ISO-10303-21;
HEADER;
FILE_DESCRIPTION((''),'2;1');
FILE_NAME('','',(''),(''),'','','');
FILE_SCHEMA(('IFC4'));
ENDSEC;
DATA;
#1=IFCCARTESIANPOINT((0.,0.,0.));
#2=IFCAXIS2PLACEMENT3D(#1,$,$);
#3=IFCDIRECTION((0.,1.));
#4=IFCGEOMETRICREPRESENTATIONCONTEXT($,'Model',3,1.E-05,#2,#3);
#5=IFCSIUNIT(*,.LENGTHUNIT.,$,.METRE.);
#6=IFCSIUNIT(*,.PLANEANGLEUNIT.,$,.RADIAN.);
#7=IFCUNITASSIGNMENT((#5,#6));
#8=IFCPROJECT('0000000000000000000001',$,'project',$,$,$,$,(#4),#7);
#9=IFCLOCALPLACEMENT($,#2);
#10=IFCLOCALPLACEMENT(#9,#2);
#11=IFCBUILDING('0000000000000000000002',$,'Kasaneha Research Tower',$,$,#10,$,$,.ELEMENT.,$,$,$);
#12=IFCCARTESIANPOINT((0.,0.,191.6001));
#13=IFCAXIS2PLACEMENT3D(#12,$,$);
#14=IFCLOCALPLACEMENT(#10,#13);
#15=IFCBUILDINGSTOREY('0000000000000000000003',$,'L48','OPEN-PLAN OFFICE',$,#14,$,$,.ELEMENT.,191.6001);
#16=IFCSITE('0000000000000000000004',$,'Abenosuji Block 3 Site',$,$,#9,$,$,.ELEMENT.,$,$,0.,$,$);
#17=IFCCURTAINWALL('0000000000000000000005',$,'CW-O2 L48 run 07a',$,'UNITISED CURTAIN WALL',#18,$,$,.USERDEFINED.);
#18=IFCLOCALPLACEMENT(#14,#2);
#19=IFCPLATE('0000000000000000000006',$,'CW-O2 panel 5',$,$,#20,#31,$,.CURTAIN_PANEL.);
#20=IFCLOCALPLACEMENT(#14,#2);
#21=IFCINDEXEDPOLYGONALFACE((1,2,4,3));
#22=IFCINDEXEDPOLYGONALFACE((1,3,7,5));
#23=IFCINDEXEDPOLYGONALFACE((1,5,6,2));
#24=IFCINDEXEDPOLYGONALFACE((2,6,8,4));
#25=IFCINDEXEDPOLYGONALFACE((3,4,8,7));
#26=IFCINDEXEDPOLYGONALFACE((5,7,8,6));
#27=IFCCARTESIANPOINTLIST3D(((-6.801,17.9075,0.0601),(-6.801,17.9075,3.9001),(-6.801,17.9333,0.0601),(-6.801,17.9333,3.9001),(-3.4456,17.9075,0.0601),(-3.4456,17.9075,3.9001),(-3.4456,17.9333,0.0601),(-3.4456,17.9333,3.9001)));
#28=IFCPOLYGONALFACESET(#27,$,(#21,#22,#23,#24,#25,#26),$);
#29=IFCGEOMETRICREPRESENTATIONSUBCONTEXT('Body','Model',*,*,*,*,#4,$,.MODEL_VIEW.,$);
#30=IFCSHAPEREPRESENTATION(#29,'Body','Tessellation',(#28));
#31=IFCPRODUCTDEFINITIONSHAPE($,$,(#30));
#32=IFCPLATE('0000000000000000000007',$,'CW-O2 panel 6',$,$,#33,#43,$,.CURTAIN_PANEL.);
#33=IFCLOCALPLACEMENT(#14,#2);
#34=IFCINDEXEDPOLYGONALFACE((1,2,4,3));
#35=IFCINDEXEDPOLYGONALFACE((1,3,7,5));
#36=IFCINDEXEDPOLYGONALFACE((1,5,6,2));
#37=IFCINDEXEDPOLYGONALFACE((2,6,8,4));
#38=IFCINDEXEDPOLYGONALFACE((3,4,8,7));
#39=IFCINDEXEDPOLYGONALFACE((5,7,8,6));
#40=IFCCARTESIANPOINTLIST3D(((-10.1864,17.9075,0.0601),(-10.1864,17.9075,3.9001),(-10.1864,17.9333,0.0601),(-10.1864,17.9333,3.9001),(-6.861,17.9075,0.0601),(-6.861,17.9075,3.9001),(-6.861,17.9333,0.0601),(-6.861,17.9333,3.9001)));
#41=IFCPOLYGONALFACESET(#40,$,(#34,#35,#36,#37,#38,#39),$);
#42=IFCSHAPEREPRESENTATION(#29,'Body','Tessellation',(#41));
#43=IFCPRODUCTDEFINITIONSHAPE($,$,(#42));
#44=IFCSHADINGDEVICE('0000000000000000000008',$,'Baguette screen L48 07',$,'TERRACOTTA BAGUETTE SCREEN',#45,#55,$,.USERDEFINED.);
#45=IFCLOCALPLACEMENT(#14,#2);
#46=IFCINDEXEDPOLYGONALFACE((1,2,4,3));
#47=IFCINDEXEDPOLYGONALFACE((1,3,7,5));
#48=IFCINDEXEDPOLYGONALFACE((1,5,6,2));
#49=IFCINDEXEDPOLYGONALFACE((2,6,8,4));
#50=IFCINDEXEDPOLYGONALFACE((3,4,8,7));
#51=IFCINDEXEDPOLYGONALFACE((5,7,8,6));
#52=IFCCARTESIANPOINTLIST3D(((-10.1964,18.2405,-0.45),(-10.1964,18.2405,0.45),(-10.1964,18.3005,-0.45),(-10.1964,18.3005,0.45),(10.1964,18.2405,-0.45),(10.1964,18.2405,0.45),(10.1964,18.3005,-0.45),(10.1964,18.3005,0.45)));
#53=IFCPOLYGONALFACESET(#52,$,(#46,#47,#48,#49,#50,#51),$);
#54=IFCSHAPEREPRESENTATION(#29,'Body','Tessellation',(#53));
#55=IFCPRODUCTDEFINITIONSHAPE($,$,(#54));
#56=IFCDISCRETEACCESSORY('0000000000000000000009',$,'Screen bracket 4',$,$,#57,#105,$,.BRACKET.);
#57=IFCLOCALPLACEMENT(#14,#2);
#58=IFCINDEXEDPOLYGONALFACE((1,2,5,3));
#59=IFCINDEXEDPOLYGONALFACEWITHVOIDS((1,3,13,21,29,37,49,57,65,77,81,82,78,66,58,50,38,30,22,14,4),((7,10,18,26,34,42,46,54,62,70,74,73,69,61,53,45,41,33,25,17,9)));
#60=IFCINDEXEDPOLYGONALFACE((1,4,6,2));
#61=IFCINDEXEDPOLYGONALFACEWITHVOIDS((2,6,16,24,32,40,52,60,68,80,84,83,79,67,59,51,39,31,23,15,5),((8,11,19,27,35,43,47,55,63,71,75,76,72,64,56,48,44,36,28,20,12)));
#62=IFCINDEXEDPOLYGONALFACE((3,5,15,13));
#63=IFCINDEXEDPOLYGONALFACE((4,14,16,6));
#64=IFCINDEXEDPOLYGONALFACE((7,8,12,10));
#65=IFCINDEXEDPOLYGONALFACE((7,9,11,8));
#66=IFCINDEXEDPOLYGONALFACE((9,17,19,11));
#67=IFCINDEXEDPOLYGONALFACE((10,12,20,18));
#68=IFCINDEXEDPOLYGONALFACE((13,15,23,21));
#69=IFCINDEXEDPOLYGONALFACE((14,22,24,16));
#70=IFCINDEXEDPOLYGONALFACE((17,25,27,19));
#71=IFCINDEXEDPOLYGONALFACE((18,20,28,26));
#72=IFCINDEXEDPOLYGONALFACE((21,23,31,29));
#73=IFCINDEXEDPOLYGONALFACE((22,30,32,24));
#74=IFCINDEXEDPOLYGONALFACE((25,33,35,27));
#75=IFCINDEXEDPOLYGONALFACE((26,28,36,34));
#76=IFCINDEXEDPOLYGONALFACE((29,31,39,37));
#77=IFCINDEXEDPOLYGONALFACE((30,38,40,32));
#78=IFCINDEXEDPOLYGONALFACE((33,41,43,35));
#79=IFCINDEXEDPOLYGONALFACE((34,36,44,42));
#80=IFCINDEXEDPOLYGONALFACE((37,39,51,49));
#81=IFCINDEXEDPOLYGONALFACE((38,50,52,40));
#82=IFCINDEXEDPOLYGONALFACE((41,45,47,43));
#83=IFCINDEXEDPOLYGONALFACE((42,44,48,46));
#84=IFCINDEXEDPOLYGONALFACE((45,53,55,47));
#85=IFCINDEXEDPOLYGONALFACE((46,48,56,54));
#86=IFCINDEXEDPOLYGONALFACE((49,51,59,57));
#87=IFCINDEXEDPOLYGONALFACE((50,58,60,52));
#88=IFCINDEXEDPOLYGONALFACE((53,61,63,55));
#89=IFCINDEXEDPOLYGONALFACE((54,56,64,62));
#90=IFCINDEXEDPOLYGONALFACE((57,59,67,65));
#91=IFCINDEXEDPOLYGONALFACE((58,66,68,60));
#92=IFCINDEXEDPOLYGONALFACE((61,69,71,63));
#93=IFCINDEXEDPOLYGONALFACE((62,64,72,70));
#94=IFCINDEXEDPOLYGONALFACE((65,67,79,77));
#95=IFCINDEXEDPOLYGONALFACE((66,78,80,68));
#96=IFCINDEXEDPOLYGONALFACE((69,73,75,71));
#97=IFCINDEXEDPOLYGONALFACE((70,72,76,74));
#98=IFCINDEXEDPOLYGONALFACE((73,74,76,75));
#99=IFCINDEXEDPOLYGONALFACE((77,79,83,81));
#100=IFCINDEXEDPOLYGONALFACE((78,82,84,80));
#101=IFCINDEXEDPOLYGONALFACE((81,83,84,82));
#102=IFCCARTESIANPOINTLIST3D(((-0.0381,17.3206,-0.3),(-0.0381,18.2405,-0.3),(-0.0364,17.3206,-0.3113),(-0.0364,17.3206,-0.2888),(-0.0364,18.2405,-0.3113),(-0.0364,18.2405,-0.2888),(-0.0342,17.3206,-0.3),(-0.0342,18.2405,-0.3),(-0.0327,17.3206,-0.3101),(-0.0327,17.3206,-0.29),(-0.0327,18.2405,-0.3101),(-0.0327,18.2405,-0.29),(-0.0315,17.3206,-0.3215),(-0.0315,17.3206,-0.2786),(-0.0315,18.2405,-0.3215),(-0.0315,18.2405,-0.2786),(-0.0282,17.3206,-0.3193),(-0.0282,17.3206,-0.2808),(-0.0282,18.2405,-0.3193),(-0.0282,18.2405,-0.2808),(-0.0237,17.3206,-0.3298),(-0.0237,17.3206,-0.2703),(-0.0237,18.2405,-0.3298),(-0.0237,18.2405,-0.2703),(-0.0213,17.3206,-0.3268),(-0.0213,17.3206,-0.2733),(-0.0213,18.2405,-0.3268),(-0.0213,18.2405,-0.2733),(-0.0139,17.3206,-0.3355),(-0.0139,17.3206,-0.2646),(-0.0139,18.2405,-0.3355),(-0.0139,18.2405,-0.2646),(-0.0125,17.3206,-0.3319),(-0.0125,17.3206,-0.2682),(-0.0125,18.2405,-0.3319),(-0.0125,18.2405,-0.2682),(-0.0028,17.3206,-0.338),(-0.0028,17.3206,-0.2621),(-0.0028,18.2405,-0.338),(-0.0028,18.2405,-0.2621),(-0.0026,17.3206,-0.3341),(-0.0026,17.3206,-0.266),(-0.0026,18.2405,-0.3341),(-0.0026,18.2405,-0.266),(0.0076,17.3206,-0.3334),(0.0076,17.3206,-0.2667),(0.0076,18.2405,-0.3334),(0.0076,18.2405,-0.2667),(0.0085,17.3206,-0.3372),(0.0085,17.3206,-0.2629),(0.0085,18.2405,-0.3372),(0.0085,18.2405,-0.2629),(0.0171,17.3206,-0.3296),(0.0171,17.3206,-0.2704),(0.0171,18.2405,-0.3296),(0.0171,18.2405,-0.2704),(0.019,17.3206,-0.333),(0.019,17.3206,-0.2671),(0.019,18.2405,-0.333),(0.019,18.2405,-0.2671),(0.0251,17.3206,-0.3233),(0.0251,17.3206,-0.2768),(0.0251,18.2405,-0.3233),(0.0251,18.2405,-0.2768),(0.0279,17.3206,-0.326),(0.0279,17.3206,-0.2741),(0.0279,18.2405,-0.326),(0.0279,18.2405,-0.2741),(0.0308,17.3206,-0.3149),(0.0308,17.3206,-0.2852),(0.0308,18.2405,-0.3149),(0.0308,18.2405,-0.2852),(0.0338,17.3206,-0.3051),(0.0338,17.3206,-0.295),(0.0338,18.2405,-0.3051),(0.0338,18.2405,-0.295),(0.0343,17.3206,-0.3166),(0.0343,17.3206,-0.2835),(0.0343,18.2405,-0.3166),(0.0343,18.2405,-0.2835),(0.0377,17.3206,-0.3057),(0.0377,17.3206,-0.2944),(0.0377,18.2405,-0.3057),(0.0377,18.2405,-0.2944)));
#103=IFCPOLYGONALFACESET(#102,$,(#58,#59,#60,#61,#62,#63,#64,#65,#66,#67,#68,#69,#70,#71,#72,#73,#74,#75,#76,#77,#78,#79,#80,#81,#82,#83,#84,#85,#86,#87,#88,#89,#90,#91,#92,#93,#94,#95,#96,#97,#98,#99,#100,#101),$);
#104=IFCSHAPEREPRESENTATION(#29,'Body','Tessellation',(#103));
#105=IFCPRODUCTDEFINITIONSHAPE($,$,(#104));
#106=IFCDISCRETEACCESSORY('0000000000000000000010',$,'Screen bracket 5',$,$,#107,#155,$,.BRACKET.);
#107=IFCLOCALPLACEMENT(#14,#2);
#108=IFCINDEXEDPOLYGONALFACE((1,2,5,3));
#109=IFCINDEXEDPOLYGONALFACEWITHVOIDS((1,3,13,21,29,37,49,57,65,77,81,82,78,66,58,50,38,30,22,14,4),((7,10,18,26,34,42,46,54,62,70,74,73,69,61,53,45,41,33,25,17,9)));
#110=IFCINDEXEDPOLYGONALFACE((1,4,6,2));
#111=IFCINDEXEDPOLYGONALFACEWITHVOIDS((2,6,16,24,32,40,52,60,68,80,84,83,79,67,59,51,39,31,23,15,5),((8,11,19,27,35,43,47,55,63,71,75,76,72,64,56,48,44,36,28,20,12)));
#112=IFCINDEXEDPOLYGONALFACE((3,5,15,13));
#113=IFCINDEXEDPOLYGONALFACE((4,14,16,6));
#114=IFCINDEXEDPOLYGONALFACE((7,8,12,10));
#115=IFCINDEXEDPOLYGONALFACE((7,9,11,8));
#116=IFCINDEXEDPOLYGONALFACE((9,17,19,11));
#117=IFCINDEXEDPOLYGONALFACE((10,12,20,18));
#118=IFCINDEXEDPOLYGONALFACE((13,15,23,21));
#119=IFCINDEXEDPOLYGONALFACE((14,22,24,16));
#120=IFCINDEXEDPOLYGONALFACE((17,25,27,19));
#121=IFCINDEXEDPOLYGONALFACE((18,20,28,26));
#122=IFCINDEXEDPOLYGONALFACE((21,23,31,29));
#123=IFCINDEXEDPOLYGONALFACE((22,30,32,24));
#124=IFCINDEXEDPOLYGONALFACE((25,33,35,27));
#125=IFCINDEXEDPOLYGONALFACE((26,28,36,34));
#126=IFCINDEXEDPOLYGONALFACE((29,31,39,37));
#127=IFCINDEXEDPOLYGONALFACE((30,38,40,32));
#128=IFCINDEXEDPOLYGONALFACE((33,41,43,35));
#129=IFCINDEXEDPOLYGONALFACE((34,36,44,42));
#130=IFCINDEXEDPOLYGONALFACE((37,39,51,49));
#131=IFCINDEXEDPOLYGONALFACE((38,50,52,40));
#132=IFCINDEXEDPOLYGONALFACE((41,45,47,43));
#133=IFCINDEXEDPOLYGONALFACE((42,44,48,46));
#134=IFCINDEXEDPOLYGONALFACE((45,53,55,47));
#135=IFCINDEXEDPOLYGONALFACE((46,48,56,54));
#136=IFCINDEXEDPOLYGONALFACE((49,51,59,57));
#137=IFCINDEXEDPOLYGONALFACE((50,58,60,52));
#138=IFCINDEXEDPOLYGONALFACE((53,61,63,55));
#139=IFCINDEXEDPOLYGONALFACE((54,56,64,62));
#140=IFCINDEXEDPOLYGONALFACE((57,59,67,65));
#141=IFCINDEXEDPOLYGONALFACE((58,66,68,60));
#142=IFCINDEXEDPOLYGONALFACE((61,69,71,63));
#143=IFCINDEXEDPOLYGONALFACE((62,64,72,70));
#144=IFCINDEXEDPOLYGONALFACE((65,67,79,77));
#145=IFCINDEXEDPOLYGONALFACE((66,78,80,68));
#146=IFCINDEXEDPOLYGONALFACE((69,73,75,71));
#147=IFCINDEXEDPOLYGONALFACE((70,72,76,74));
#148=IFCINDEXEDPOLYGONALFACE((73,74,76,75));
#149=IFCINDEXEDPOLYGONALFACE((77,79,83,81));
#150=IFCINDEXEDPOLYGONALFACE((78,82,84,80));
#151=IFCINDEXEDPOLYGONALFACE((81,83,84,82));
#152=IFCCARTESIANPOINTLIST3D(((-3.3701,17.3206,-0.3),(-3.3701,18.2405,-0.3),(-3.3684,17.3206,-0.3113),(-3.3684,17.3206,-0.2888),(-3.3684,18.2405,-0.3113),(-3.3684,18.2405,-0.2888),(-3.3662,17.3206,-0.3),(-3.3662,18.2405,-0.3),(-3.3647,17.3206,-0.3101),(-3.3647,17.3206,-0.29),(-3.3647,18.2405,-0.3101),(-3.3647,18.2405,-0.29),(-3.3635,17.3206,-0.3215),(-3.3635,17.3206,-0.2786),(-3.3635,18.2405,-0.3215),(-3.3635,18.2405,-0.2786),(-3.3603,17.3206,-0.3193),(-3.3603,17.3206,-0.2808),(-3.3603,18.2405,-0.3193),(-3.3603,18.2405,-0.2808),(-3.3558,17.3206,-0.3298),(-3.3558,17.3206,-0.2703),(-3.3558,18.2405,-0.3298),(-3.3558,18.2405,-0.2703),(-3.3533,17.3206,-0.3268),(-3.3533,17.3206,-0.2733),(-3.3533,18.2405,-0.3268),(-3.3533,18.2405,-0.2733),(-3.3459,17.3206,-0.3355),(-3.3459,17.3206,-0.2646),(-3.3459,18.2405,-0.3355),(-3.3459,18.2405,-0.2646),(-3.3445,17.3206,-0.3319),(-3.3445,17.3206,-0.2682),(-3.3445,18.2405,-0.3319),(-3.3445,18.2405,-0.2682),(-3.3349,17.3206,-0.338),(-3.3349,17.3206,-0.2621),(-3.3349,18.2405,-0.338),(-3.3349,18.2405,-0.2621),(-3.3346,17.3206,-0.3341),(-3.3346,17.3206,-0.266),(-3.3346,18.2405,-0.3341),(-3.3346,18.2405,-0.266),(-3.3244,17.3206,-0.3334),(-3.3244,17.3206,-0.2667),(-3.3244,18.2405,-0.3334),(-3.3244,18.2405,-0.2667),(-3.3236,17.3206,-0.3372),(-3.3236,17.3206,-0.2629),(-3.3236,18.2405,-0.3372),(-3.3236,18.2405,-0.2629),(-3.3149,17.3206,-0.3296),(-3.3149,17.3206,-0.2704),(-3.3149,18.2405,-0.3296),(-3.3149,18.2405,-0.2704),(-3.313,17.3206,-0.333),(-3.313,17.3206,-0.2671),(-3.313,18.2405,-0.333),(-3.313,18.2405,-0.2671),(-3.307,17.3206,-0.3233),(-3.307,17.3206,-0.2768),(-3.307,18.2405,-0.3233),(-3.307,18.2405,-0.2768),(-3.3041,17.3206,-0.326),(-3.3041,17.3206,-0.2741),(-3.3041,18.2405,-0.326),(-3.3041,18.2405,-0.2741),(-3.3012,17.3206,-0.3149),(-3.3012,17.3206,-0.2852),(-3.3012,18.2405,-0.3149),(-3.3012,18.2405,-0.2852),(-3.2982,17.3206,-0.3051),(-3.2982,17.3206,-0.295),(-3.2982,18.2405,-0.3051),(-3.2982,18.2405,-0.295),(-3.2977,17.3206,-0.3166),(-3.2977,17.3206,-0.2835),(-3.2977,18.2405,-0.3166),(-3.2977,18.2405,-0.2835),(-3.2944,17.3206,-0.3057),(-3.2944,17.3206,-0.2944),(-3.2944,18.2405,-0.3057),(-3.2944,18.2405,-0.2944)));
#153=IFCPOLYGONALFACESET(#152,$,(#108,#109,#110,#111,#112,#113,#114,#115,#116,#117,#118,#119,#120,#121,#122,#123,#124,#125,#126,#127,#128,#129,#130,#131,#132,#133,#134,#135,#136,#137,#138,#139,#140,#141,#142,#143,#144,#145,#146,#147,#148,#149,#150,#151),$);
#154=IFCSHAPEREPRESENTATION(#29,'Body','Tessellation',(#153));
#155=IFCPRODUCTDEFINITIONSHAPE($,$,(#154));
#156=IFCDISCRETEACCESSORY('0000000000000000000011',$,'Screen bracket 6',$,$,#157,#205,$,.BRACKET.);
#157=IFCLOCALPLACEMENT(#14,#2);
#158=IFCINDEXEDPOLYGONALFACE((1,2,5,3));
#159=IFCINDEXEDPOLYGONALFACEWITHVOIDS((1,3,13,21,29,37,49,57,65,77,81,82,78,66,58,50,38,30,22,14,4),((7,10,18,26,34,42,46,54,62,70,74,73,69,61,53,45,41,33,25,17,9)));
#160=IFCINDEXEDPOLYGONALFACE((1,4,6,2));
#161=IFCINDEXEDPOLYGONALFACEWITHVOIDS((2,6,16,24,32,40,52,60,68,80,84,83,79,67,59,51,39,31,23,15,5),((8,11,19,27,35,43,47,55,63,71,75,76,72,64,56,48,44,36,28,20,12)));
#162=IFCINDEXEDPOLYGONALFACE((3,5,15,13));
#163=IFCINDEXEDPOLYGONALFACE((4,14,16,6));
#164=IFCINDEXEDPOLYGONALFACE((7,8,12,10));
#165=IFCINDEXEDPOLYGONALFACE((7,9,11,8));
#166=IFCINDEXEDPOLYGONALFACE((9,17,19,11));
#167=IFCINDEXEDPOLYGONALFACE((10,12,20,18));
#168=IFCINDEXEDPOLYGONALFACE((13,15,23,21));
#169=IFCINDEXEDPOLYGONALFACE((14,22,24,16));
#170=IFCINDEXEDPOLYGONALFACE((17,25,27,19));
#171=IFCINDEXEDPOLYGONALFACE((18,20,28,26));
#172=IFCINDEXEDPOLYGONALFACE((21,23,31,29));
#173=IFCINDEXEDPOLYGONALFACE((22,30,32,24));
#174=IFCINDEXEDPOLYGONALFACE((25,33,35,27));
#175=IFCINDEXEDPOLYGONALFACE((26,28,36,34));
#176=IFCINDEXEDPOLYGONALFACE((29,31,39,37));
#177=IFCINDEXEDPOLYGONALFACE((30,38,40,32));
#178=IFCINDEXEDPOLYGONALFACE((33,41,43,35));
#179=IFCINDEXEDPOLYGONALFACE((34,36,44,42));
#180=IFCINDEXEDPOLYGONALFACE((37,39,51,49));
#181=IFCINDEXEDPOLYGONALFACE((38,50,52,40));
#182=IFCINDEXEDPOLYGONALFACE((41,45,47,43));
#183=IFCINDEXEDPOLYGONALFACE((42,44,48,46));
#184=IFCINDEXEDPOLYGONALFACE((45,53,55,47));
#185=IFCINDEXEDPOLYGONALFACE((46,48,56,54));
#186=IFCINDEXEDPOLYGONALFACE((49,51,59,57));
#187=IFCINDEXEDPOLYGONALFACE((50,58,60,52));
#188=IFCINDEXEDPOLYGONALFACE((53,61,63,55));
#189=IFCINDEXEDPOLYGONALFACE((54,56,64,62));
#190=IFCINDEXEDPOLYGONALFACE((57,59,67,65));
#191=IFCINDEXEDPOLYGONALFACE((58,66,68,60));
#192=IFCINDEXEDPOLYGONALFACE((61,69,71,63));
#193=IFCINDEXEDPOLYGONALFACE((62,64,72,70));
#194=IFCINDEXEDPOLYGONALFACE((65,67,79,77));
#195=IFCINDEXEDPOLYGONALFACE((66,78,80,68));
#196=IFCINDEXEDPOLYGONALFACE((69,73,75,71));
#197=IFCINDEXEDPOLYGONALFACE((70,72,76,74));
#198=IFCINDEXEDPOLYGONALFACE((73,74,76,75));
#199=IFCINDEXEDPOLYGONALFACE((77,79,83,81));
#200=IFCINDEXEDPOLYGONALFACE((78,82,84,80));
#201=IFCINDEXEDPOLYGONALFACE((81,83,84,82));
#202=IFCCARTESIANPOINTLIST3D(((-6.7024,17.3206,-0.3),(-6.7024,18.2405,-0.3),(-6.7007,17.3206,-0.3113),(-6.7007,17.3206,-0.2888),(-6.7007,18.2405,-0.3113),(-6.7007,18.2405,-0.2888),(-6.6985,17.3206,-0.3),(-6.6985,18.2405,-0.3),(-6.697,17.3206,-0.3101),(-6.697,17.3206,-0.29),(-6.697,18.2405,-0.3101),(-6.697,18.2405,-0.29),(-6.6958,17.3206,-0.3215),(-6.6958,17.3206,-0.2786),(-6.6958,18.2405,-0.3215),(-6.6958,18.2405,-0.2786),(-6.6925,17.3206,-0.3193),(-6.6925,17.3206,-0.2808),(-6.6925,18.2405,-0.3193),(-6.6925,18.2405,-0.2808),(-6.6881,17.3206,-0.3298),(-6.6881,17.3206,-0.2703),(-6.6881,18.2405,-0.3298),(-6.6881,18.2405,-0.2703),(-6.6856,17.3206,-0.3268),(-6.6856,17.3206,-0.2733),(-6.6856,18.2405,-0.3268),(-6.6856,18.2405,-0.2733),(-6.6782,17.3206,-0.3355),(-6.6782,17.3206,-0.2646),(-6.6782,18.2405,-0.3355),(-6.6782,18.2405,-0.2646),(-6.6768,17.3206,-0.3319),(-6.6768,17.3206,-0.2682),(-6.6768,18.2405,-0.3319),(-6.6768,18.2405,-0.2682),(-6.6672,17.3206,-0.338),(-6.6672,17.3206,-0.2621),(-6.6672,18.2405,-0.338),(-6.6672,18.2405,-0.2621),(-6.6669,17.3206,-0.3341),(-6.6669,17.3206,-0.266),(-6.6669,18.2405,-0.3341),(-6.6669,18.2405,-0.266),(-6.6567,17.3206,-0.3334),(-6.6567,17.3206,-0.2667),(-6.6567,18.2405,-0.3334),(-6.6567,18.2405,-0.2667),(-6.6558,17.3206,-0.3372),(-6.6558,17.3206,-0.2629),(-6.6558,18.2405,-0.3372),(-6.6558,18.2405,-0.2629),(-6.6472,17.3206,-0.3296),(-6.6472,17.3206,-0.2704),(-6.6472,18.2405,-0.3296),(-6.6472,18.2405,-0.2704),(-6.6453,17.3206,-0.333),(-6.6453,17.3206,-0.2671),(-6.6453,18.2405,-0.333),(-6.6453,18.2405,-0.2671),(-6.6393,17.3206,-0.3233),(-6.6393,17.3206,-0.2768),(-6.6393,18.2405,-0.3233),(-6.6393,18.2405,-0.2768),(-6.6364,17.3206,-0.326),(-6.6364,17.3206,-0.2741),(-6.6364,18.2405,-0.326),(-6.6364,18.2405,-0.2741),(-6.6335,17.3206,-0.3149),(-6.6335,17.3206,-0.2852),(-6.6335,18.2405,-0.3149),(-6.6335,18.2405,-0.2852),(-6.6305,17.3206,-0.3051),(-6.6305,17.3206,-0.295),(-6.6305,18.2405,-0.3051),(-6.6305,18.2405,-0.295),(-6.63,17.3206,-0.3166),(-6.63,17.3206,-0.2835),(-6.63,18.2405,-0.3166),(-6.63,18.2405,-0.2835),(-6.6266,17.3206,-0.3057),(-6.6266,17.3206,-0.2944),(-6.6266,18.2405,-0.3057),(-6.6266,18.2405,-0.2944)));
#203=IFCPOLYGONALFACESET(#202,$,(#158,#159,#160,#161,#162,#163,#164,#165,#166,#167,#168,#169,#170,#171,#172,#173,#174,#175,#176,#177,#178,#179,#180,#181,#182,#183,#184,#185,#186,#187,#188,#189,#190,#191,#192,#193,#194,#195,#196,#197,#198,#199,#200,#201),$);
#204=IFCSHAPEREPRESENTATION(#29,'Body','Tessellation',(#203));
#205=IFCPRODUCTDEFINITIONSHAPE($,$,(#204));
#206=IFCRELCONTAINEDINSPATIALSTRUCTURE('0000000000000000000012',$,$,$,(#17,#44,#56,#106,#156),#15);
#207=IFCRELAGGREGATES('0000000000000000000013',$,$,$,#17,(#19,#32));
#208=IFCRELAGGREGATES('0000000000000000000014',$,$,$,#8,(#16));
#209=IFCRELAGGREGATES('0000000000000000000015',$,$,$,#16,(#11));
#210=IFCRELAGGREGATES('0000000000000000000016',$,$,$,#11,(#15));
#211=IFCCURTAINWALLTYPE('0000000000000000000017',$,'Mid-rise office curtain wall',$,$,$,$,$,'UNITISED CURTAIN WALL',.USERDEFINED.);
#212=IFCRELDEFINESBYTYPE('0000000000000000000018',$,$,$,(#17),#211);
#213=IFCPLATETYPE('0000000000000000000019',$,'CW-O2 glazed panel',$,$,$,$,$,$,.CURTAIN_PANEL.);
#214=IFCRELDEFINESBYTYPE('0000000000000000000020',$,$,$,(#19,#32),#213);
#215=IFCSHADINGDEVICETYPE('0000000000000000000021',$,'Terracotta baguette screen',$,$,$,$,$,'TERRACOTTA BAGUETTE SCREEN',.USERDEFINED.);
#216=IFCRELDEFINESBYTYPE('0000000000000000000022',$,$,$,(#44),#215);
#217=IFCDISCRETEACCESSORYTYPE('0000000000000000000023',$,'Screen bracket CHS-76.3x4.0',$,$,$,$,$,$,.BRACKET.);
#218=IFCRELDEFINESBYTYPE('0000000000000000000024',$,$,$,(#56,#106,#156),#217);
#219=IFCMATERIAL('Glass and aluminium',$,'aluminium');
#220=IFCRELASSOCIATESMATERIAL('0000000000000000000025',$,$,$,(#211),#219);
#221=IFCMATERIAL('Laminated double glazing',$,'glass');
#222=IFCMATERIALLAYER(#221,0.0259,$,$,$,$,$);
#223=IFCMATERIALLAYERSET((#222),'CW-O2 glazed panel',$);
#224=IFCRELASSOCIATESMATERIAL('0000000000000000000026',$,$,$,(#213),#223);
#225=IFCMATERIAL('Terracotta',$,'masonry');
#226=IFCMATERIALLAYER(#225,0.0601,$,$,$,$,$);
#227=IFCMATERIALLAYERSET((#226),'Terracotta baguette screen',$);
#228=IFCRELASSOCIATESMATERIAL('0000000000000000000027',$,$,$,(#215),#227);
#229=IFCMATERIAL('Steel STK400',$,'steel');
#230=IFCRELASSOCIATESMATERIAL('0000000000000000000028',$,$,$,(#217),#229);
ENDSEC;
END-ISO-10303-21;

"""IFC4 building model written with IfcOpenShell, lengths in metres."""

from ifc_helpers import new_model, si_unit, direction, frame, origin, origin_2d, place, context, subcontext, project, spatial, rectangle, hollow_circle, extrude, material, layer, layer_set, material_profile, profile_set, type_object, element, aggregate, save


model = new_model("IFC4")

# Units and contexts
model_context = context("Model", 3, precision=1e-05, world=origin(), true_north=direction((0.0, 1.0)))
body_context = subcontext(model_context, "Body", "Model", "MODEL_VIEW")
ifc_project = project(units=[si_unit("LENGTHUNIT", "METRE"), si_unit("PLANEANGLEUNIT", "RADIAN")], contexts=[model_context])

# Site, building, storey
site_placement = place(None, origin())
site = spatial("IfcSite", under=ifc_project, at=site_placement, Name="Abenosuji Block 3 Site", CompositionType="ELEMENT", RefElevation=0.0)
building_placement = place(site_placement, origin())
building = spatial("IfcBuilding", under=site, at=building_placement, Name="Kasaneha Research Tower", CompositionType="ELEMENT")
storey_placement = place(building_placement, frame((0.0, 0.0, 191.6001)))
storey = spatial("IfcBuildingStorey", under=building, at=storey_placement, Name="L48", Description="OPEN-PLAN OFFICE", CompositionType="ELEMENT", Elevation=191.6001)

# Curtain wall, plates
ifc_material_1 = material(Name="Glass and aluminium", Category="aluminium")
curtain_wall_type = type_object("IfcCurtainWallType", Name="Mid-rise office curtain wall", ElementType="UNITISED CURTAIN WALL", PredefinedType="USERDEFINED", material=ifc_material_1)
curtain_wall_placement = place(storey_placement, origin())
curtain_wall = element("IfcCurtainWall", 1, at=curtain_wall_placement, inside=storey, type_object=curtain_wall_type, Name="CW-O2 L48 run 07a", ObjectType="UNITISED CURTAIN WALL", PredefinedType="USERDEFINED")
ifc_material_2 = material(Name="Laminated double glazing", Category="glass")
ifc_layer_1 = layer(ifc_material_2, 0.0259)
ifc_layer_set_1 = layer_set([ifc_layer_1], Name="CW-O2 glazed panel")
plate_type = type_object("IfcPlateType", Name="CW-O2 glazed panel", PredefinedType="CURTAIN_PANEL", material=ifc_layer_set_1)
plate_1_placement = place(storey_placement, frame((-5.1233, 17.9204, 0.0601), z_axis=(0.0, 0.0, 1.0), x_axis=(-1.0, 0.0, 0.0)))
plate_1 = element("IfcPlate", 2, at=plate_1_placement, type_object=plate_type, Name="CW-O2 panel 5", PredefinedType="CURTAIN_PANEL", context=body_context, shape_type="SweptSolid", body=[
    extrude(rectangle(XDim=3.3555, YDim=0.0259, at=origin_2d()), origin(), (0.0, 0.0, 1.0), 3.8401),
])
plate_2_placement = place(storey_placement, frame((-8.5237, 17.9204, 0.0601), z_axis=(0.0, 0.0, 1.0), x_axis=(-1.0, 0.0, 0.0)))
plate_2 = element("IfcPlate", 3, at=plate_2_placement, type_object=plate_type, Name="CW-O2 panel 6", PredefinedType="CURTAIN_PANEL", context=body_context, shape_type="SweptSolid", body=[
    extrude(rectangle(XDim=3.3254, YDim=0.0259, at=origin_2d()), origin(), (0.0, 0.0, 1.0), 3.8401),
])
aggregate(curtain_wall, [plate_1, plate_2])

# Shading device
ifc_material_3 = material(Name="Terracotta", Category="masonry")
ifc_layer_2 = layer(ifc_material_3, 0.0601)
ifc_layer_set_2 = layer_set([ifc_layer_2], Name="Terracotta baguette screen")
shading_device_type = type_object("IfcShadingDeviceType", Name="Terracotta baguette screen", ElementType="TERRACOTTA BAGUETTE SCREEN", PredefinedType="USERDEFINED", material=ifc_layer_set_2)
shading_device_placement = place(storey_placement, frame((0.0, 18.2705, -0.45), z_axis=(0.0, 0.0, 1.0), x_axis=(-1.0, 0.0, 0.0)))
element("IfcShadingDevice", 4, at=shading_device_placement, inside=storey, type_object=shading_device_type, Name="Baguette screen L48 07", ObjectType="TERRACOTTA BAGUETTE SCREEN", PredefinedType="USERDEFINED", context=body_context, shape_type="SweptSolid", body=[
    extrude(rectangle(XDim=20.3928, YDim=0.0601, at=origin_2d()), origin(), (0.0, 0.0, 1.0), 0.8999),
])

# Discrete accessories
ifc_material_4 = material(Name="Steel STK400", Category="steel")
ifc_material_profile_1 = material_profile(ifc_material_4, hollow_circle(Radius=0.0381, WallThickness=0.0039, at=origin_2d()), Name="CHS-76.3x4.0")
ifc_profile_set_1 = profile_set([ifc_material_profile_1], Name="Steel STK400")
discrete_accessory_type = type_object("IfcDiscreteAccessoryType", Name="Screen bracket CHS-76.3x4.0", PredefinedType="BRACKET", material=ifc_profile_set_1)
for number, where, z_axis, x_axis, name in (
    (5, (0.0, 17.3206, -0.3), (0.0, 1.0, 0.0), (-1.0, 0.0, 0.0), "Screen bracket 4"),
    (6, (-3.332, 17.3206, -0.3), (0.0, 1.0, 0.0), (-1.0, 0.0, 0.0), "Screen bracket 5"),
    (7, (-6.6643, 17.3206, -0.3), (0.0, 1.0, 0.0), (-1.0, 0.0, 0.0), "Screen bracket 6"),
):
    element("IfcDiscreteAccessory", number, at=place(storey_placement, frame(where, z_axis=z_axis, x_axis=x_axis)), inside=storey, type_object=discrete_accessory_type, Name=name, PredefinedType="BRACKET", context=body_context, shape_type="SweptSolid", body=[
        extrude(hollow_circle(Radius=0.0381, WallThickness=0.0039, at=origin_2d()), origin(), (0.0, 0.0, 1.0), 0.9199),
    ])

save(model, "model.ifc")
